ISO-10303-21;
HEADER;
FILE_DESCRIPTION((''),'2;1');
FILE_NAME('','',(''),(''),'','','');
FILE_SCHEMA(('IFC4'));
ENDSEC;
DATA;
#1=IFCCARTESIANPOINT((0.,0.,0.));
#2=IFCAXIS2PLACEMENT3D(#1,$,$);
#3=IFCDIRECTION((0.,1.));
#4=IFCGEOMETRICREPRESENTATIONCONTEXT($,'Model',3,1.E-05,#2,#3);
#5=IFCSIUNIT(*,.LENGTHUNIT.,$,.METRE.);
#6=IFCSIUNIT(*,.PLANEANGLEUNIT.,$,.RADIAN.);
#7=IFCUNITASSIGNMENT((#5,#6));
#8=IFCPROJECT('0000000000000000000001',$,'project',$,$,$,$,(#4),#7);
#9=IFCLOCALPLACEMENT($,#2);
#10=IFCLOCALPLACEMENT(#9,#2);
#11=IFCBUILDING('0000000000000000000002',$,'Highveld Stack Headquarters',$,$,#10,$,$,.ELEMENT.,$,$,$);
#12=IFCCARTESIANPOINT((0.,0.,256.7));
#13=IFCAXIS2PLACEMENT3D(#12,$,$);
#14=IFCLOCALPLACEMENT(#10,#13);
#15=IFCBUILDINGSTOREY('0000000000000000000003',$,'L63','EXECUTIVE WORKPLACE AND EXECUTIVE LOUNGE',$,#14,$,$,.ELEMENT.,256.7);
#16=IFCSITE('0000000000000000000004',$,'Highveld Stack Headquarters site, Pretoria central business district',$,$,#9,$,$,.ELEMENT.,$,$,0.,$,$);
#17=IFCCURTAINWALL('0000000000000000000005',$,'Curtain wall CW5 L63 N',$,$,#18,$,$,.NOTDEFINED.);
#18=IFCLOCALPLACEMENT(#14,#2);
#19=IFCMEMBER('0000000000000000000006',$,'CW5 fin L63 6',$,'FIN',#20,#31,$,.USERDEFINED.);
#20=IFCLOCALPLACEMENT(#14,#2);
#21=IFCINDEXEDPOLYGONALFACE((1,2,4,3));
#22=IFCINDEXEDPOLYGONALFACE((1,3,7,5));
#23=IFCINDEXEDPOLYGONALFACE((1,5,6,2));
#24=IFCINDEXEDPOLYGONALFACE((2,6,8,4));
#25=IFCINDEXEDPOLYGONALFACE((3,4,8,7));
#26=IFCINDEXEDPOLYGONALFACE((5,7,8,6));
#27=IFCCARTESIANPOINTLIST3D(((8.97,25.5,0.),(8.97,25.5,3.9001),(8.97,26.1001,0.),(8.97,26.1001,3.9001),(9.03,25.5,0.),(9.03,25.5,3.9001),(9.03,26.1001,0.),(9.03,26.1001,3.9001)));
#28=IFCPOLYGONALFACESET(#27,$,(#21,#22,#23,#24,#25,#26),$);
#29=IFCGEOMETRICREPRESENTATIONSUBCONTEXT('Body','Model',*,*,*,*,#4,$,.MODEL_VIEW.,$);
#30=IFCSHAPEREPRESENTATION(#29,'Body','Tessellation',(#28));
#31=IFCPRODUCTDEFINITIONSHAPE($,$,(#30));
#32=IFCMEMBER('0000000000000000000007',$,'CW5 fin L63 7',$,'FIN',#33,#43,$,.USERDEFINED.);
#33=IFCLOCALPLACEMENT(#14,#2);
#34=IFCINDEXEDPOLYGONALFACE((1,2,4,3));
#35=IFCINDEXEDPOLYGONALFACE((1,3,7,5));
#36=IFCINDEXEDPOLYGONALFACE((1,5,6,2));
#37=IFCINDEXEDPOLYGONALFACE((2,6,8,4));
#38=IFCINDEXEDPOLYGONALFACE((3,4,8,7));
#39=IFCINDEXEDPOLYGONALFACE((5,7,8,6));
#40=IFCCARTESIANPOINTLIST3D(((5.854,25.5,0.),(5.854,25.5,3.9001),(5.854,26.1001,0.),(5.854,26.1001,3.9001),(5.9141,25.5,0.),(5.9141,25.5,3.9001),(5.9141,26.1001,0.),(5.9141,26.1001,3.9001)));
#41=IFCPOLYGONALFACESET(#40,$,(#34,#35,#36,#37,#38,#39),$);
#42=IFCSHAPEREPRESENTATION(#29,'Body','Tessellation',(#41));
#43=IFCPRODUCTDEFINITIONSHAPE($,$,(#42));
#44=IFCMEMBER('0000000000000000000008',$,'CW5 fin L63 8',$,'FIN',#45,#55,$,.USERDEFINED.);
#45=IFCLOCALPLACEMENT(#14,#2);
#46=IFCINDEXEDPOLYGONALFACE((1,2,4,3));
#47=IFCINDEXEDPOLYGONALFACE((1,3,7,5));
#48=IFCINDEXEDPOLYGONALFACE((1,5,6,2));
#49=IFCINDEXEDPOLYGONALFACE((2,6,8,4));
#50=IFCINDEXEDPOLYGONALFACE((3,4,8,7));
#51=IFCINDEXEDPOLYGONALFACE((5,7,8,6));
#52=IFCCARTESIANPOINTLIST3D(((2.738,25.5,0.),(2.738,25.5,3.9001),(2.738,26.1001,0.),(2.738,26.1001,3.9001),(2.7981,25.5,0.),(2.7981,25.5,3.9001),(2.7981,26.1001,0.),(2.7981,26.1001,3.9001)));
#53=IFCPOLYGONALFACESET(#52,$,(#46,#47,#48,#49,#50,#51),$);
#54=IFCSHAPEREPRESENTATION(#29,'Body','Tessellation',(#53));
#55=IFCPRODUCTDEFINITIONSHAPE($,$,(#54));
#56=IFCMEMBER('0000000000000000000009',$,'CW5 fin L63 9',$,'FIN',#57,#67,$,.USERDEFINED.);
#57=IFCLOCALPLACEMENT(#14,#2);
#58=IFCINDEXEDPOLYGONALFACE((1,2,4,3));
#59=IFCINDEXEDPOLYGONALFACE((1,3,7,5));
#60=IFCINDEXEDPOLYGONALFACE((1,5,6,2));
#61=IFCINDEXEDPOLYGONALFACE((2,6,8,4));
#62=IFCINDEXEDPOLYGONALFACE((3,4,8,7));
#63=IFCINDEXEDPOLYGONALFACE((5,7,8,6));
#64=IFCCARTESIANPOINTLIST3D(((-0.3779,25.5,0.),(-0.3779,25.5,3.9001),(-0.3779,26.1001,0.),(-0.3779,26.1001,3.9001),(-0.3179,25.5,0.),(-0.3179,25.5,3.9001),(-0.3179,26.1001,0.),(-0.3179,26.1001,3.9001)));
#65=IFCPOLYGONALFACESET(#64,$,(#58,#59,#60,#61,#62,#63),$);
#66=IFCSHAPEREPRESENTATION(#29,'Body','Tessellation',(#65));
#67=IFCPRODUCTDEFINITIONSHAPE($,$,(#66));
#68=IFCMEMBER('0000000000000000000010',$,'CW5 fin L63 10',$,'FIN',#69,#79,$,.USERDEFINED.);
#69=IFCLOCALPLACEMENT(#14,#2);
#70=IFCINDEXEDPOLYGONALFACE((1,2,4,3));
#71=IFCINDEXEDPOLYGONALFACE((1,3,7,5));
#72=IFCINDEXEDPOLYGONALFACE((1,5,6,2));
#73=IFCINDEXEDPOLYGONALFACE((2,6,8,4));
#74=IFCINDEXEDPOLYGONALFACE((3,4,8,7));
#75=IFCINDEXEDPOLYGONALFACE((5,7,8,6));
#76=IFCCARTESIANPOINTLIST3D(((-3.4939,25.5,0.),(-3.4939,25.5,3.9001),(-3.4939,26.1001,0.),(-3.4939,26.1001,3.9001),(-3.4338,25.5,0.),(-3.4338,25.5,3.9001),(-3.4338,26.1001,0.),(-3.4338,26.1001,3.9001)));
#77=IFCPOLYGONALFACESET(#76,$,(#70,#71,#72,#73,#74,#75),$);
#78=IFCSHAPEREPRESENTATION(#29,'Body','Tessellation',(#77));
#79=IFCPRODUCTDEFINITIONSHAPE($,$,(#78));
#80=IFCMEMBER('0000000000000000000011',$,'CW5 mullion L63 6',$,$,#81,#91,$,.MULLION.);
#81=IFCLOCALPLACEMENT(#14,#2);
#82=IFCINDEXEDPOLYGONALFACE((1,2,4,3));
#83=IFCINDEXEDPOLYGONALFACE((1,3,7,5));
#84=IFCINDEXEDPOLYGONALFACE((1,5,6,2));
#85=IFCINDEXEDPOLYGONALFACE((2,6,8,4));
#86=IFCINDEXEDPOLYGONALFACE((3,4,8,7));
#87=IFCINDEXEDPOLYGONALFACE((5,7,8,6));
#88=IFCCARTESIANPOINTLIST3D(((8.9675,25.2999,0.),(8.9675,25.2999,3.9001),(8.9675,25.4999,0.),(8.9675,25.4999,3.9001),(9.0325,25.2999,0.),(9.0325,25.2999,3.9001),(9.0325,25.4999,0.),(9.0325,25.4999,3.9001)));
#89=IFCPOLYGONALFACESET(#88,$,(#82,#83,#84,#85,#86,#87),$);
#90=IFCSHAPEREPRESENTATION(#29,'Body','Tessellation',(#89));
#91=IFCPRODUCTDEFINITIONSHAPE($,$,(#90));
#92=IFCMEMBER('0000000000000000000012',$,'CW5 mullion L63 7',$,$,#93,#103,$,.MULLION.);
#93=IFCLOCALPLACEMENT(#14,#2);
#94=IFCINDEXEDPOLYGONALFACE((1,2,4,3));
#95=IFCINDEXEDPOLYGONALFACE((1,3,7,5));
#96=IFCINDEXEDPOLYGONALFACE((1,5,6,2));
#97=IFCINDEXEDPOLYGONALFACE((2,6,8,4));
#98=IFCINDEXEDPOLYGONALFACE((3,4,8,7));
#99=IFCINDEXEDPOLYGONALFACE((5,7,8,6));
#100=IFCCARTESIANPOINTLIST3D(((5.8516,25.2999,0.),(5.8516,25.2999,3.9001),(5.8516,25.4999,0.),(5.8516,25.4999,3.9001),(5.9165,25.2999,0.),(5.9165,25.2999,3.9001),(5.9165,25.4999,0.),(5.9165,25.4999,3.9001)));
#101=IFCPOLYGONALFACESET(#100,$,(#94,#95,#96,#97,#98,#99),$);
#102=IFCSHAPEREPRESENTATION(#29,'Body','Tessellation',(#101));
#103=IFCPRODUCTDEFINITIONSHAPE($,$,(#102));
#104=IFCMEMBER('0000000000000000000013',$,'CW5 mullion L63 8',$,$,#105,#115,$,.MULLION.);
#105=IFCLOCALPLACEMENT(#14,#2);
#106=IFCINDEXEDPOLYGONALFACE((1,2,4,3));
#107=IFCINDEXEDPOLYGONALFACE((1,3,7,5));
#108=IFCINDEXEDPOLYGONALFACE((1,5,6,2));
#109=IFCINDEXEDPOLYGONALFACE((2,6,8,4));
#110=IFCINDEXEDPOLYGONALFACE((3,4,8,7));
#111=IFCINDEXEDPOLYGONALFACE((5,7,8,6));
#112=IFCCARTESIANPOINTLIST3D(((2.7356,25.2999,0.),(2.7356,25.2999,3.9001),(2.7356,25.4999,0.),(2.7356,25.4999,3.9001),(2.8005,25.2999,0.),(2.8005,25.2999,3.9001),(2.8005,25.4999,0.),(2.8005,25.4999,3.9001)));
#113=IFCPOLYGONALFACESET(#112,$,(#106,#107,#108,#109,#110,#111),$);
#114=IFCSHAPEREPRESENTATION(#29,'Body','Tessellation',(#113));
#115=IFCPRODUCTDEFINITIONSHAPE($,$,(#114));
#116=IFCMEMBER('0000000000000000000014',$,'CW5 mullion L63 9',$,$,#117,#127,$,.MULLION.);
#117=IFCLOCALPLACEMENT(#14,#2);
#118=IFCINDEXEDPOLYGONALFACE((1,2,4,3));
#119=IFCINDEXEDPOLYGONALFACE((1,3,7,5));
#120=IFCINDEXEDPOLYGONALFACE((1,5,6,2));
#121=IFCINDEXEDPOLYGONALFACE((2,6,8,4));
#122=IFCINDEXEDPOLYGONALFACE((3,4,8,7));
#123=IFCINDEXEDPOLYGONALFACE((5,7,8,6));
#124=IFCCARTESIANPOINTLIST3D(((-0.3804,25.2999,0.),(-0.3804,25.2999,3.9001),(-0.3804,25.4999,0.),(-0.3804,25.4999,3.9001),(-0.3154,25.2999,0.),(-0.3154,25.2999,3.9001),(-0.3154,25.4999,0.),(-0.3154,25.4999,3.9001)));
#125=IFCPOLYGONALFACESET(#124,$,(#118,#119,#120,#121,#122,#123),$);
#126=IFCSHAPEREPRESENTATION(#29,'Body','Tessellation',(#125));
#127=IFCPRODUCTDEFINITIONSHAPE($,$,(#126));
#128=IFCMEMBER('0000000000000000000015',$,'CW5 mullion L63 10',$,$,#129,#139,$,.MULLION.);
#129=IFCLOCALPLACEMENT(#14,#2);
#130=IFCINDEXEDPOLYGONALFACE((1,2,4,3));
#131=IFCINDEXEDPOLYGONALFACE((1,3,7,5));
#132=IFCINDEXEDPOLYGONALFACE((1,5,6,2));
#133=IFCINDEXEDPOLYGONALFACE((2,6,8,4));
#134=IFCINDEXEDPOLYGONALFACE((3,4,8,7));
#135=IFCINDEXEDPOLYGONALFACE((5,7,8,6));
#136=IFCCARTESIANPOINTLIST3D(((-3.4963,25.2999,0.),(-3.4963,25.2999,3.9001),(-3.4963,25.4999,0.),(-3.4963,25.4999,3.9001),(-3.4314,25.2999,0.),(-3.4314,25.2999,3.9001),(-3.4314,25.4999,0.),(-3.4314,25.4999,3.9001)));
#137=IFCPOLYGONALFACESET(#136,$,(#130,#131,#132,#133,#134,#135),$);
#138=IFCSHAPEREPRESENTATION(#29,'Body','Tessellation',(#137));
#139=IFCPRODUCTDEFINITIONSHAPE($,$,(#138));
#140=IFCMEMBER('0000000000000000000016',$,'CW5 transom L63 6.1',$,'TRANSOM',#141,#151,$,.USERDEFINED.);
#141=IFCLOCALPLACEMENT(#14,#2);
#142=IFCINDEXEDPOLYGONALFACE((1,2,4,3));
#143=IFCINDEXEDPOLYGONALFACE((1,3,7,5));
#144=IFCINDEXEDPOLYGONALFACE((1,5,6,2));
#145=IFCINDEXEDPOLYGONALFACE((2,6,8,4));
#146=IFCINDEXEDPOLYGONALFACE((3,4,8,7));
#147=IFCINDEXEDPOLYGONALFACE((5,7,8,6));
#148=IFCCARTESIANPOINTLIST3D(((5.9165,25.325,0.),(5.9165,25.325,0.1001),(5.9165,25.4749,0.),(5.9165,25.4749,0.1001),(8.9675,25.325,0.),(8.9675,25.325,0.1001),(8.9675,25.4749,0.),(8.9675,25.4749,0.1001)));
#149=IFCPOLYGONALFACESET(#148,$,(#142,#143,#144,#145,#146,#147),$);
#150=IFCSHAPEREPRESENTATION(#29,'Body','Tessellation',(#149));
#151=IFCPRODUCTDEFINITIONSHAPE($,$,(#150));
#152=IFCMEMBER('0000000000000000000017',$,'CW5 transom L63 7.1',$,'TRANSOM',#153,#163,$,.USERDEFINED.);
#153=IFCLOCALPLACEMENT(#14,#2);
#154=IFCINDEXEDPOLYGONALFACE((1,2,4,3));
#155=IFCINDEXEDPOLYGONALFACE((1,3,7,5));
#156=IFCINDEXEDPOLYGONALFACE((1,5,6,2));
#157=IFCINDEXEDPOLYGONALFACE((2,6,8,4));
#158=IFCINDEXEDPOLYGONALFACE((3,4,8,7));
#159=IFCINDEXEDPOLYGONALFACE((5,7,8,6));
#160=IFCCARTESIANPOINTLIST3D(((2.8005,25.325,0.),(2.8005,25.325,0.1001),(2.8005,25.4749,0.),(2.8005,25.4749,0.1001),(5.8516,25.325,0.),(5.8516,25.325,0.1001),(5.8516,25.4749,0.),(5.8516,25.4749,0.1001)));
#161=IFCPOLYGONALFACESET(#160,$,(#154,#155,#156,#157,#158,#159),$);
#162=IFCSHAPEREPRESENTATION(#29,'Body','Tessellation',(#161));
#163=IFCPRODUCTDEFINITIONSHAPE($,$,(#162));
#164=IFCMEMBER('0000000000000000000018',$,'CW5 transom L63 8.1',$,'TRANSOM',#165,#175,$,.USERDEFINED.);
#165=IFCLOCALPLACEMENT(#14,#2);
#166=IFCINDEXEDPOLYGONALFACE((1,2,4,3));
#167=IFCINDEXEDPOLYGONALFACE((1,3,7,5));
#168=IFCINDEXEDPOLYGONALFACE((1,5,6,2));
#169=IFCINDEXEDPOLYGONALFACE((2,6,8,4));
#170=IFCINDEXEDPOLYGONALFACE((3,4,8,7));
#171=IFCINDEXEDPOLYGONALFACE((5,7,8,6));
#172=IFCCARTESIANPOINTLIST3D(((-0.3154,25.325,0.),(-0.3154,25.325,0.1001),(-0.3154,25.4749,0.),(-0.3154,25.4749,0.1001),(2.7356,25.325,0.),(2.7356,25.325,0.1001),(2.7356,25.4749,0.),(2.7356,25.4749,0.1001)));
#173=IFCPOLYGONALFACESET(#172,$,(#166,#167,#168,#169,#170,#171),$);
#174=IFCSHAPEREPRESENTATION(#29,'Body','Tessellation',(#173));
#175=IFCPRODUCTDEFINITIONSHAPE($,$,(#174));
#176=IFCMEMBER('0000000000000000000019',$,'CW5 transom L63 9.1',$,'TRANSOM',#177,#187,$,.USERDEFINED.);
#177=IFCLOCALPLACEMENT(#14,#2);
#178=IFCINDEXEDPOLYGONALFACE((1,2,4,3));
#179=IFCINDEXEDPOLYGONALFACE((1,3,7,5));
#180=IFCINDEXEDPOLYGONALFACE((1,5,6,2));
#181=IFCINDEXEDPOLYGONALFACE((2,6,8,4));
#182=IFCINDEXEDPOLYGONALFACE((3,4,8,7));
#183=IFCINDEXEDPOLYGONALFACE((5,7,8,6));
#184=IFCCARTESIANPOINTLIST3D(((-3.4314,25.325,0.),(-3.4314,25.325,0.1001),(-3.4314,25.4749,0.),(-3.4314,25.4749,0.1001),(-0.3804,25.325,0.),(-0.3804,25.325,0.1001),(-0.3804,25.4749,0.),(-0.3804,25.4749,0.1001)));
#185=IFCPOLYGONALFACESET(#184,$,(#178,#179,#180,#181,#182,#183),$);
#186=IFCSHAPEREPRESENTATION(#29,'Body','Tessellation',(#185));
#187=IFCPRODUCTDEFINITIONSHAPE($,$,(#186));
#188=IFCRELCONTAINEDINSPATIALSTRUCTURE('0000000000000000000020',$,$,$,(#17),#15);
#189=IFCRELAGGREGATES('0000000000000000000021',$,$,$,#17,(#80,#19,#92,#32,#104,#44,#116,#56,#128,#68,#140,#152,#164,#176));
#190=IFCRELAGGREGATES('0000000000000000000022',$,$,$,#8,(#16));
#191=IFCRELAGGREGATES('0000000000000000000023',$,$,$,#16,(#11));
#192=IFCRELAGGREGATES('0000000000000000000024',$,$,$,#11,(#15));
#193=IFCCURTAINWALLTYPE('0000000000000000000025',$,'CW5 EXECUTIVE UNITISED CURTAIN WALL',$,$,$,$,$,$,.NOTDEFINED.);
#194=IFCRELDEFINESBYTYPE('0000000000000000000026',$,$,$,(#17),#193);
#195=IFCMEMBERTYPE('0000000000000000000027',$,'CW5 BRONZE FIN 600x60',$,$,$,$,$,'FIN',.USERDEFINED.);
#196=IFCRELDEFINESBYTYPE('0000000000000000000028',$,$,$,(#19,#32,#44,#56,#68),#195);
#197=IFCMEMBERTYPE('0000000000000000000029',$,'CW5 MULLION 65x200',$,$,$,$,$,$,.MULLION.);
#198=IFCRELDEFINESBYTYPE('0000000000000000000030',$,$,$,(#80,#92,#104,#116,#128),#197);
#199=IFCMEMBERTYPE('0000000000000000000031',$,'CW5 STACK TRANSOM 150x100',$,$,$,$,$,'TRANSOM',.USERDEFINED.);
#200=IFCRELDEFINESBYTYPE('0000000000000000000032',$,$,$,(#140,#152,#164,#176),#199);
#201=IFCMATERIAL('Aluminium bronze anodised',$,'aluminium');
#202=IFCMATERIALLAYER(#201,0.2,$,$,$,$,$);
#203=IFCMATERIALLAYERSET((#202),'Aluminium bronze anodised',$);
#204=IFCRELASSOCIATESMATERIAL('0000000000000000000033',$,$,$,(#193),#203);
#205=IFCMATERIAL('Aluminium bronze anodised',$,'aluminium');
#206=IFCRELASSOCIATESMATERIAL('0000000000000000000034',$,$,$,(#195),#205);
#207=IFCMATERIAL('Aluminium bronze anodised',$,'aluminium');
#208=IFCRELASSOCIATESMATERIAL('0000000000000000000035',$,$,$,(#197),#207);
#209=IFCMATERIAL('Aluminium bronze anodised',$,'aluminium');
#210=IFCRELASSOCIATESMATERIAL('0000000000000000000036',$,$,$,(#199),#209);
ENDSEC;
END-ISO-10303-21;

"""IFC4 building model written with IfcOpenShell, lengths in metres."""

from ifc_helpers import new_model, si_unit, direction, frame, origin, origin_2d, place, context, subcontext, project, spatial, rectangle, extrude, material, layer, layer_set, material_profile, profile_set, type_object, element, aggregate, save


model = new_model("IFC4")

# Units and contexts
model_context = context("Model", 3, precision=1e-05, world=origin(), true_north=direction((0.0, 1.0)))
body_context = subcontext(model_context, "Body", "Model", "MODEL_VIEW")
ifc_project = project(units=[si_unit("LENGTHUNIT", "METRE"), si_unit("PLANEANGLEUNIT", "RADIAN")], contexts=[model_context])

# Site, building, storey
site_placement = place(None, origin())
site = spatial("IfcSite", under=ifc_project, at=site_placement, Name="Highveld Stack Headquarters site, Pretoria central business district", CompositionType="ELEMENT", RefElevation=0.0)
building_placement = place(site_placement, origin())
building = spatial("IfcBuilding", under=site, at=building_placement, Name="Highveld Stack Headquarters", CompositionType="ELEMENT")
storey_placement = place(building_placement, frame((0.0, 0.0, 256.7)))
storey = spatial("IfcBuildingStorey", under=building, at=storey_placement, Name="L63", Description="EXECUTIVE WORKPLACE AND EXECUTIVE LOUNGE", CompositionType="ELEMENT", Elevation=256.7)

# Curtain wall, members
ifc_material_1 = material(Name="Aluminium bronze anodised", Category="aluminium")
ifc_layer_1 = layer(ifc_material_1, 0.2)
ifc_layer_set_1 = layer_set([ifc_layer_1], Name="Aluminium bronze anodised")
curtain_wall_type = type_object("IfcCurtainWallType", Name="CW5 EXECUTIVE UNITISED CURTAIN WALL", PredefinedType="NOTDEFINED", material=ifc_layer_set_1)
curtain_wall_placement = place(storey_placement, origin())
curtain_wall = element("IfcCurtainWall", 1, at=curtain_wall_placement, inside=storey, type_object=curtain_wall_type, Name="Curtain wall CW5 L63 N", PredefinedType="NOTDEFINED")
ifc_material_2 = material(Name="Aluminium bronze anodised", Category="aluminium")
ifc_material_profile_1 = material_profile(ifc_material_2, rectangle(XDim=0.6001, YDim=0.0601, at=origin_2d()), Name="FIN 600x60")
ifc_profile_set_1 = profile_set([ifc_material_profile_1], Name="Aluminium bronze anodised")
member_type_1 = type_object("IfcMemberType", Name="CW5 BRONZE FIN 600x60", ElementType="FIN", PredefinedType="USERDEFINED", material=ifc_profile_set_1)
member_1_placement = place(storey_placement, frame((9.0, 25.8, 0.0), z_axis=(0.0, 0.0, 1.0), x_axis=(0.0, -1.0, 0.0)))
member_1 = element("IfcMember", 2, at=member_1_placement, type_object=member_type_1, Name="CW5 fin L63 6", ObjectType="FIN", PredefinedType="USERDEFINED", context=body_context, shape_type="SweptSolid", body=[
    extrude(rectangle(XDim=0.6001, YDim=0.0601, at=origin_2d()), origin(), (0.0, 0.0, 1.0), 3.9001),
])
member_2_placement = place(storey_placement, frame((5.884, 25.8, 0.0), z_axis=(0.0, 0.0, 1.0), x_axis=(0.0, -1.0, 0.0)))
member_2 = element("IfcMember", 3, at=member_2_placement, type_object=member_type_1, Name="CW5 fin L63 7", ObjectType="FIN", PredefinedType="USERDEFINED", context=body_context, shape_type="SweptSolid", body=[
    extrude(rectangle(XDim=0.6001, YDim=0.0601, at=origin_2d()), origin(), (0.0, 0.0, 1.0), 3.9001),
])
member_3_placement = place(storey_placement, frame((2.7681, 25.8, 0.0), z_axis=(0.0, 0.0, 1.0), x_axis=(0.0, -1.0, 0.0)))
member_3 = element("IfcMember", 4, at=member_3_placement, type_object=member_type_1, Name="CW5 fin L63 8", ObjectType="FIN", PredefinedType="USERDEFINED", context=body_context, shape_type="SweptSolid", body=[
    extrude(rectangle(XDim=0.6001, YDim=0.0601, at=origin_2d()), origin(), (0.0, 0.0, 1.0), 3.9001),
])
member_4_placement = place(storey_placement, frame((-0.3479, 25.8, 0.0), z_axis=(0.0, 0.0, 1.0), x_axis=(0.0, -1.0, 0.0)))
member_4 = element("IfcMember", 5, at=member_4_placement, type_object=member_type_1, Name="CW5 fin L63 9", ObjectType="FIN", PredefinedType="USERDEFINED", context=body_context, shape_type="SweptSolid", body=[
    extrude(rectangle(XDim=0.6001, YDim=0.0601, at=origin_2d()), origin(), (0.0, 0.0, 1.0), 3.9001),
])
member_5_placement = place(storey_placement, frame((-3.4639, 25.8, 0.0), z_axis=(0.0, 0.0, 1.0), x_axis=(0.0, -1.0, 0.0)))
member_5 = element("IfcMember", 6, at=member_5_placement, type_object=member_type_1, Name="CW5 fin L63 10", ObjectType="FIN", PredefinedType="USERDEFINED", context=body_context, shape_type="SweptSolid", body=[
    extrude(rectangle(XDim=0.6001, YDim=0.0601, at=origin_2d()), origin(), (0.0, 0.0, 1.0), 3.9001),
])
ifc_material_3 = material(Name="Aluminium bronze anodised", Category="aluminium")
ifc_material_profile_2 = material_profile(ifc_material_3, rectangle(XDim=0.2, YDim=0.0649, at=origin_2d()), Name="CW5 MULLION 65x200")
ifc_profile_set_2 = profile_set([ifc_material_profile_2], Name="Aluminium bronze anodised")
member_type_2 = type_object("IfcMemberType", Name="CW5 MULLION 65x200", PredefinedType="MULLION", material=ifc_profile_set_2)
member_6_placement = place(storey_placement, frame((9.0, 25.3999, 0.0), z_axis=(0.0, 0.0, 1.0), x_axis=(0.0, -1.0, 0.0)))
member_6 = element("IfcMember", 7, at=member_6_placement, type_object=member_type_2, Name="CW5 mullion L63 6", PredefinedType="MULLION", context=body_context, shape_type="SweptSolid", body=[
    extrude(rectangle(XDim=0.2, YDim=0.0649, at=origin_2d()), origin(), (0.0, 0.0, 1.0), 3.9001),
])
member_7_placement = place(storey_placement, frame((5.884, 25.3999, 0.0), z_axis=(0.0, 0.0, 1.0), x_axis=(0.0, -1.0, 0.0)))
member_7 = element("IfcMember", 8, at=member_7_placement, type_object=member_type_2, Name="CW5 mullion L63 7", PredefinedType="MULLION", context=body_context, shape_type="SweptSolid", body=[
    extrude(rectangle(XDim=0.2, YDim=0.0649, at=origin_2d()), origin(), (0.0, 0.0, 1.0), 3.9001),
])
member_8_placement = place(storey_placement, frame((2.7681, 25.3999, 0.0), z_axis=(0.0, 0.0, 1.0), x_axis=(0.0, -1.0, 0.0)))
member_8 = element("IfcMember", 9, at=member_8_placement, type_object=member_type_2, Name="CW5 mullion L63 8", PredefinedType="MULLION", context=body_context, shape_type="SweptSolid", body=[
    extrude(rectangle(XDim=0.2, YDim=0.0649, at=origin_2d()), origin(), (0.0, 0.0, 1.0), 3.9001),
])
member_9_placement = place(storey_placement, frame((-0.3479, 25.3999, 0.0), z_axis=(0.0, 0.0, 1.0), x_axis=(0.0, -1.0, 0.0)))
member_9 = element("IfcMember", 10, at=member_9_placement, type_object=member_type_2, Name="CW5 mullion L63 9", PredefinedType="MULLION", context=body_context, shape_type="SweptSolid", body=[
    extrude(rectangle(XDim=0.2, YDim=0.0649, at=origin_2d()), origin(), (0.0, 0.0, 1.0), 3.9001),
])
member_10_placement = place(storey_placement, frame((-3.4639, 25.3999, 0.0), z_axis=(0.0, 0.0, 1.0), x_axis=(0.0, -1.0, 0.0)))
member_10 = element("IfcMember", 11, at=member_10_placement, type_object=member_type_2, Name="CW5 mullion L63 10", PredefinedType="MULLION", context=body_context, shape_type="SweptSolid", body=[
    extrude(rectangle(XDim=0.2, YDim=0.0649, at=origin_2d()), origin(), (0.0, 0.0, 1.0), 3.9001),
])
ifc_material_4 = material(Name="Aluminium bronze anodised", Category="aluminium")
ifc_material_profile_3 = material_profile(ifc_material_4, rectangle(XDim=0.1499, YDim=0.1001, at=origin_2d()), Name="CW5 TRANSOM 150x100")
ifc_profile_set_3 = profile_set([ifc_material_profile_3], Name="Aluminium bronze anodised")
member_type_3 = type_object("IfcMemberType", Name="CW5 STACK TRANSOM 150x100", ElementType="TRANSOM", PredefinedType="USERDEFINED", material=ifc_profile_set_3)
member_11_placement = place(storey_placement, frame((8.9675, 25.3999, 0.05), z_axis=(-1.0, 0.0, 0.0), x_axis=(0.0, -1.0, 0.0)))
member_11 = element("IfcMember", 12, at=member_11_placement, type_object=member_type_3, Name="CW5 transom L63 6.1", ObjectType="TRANSOM", PredefinedType="USERDEFINED", context=body_context, shape_type="SweptSolid", body=[
    extrude(rectangle(XDim=0.1499, YDim=0.1001, at=origin_2d()), origin(), (0.0, 0.0, 1.0), 3.051),
])
member_12_placement = place(storey_placement, frame((5.8516, 25.3999, 0.05), z_axis=(-1.0, 0.0, 0.0), x_axis=(0.0, -1.0, 0.0)))
member_12 = element("IfcMember", 13, at=member_12_placement, type_object=member_type_3, Name="CW5 transom L63 7.1", ObjectType="TRANSOM", PredefinedType="USERDEFINED", context=body_context, shape_type="SweptSolid", body=[
    extrude(rectangle(XDim=0.1499, YDim=0.1001, at=origin_2d()), origin(), (0.0, 0.0, 1.0), 3.051),
])
member_13_placement = place(storey_placement, frame((2.7356, 25.3999, 0.05), z_axis=(-1.0, 0.0, 0.0), x_axis=(0.0, -1.0, 0.0)))
member_13 = element("IfcMember", 14, at=member_13_placement, type_object=member_type_3, Name="CW5 transom L63 8.1", ObjectType="TRANSOM", PredefinedType="USERDEFINED", context=body_context, shape_type="SweptSolid", body=[
    extrude(rectangle(XDim=0.1499, YDim=0.1001, at=origin_2d()), origin(), (0.0, 0.0, 1.0), 3.051),
])
member_14_placement = place(storey_placement, frame((-0.3804, 25.3999, 0.05), z_axis=(-1.0, 0.0, 0.0), x_axis=(0.0, -1.0, 0.0)))
member_14 = element("IfcMember", 15, at=member_14_placement, type_object=member_type_3, Name="CW5 transom L63 9.1", ObjectType="TRANSOM", PredefinedType="USERDEFINED", context=body_context, shape_type="SweptSolid", body=[
    extrude(rectangle(XDim=0.1499, YDim=0.1001, at=origin_2d()), origin(), (0.0, 0.0, 1.0), 3.051),
])
aggregate(curtain_wall, [member_6, member_1, member_7, member_2, member_8, member_3, member_9, member_4, member_10, member_5, member_11, member_12, member_13, member_14])

save(model, "model.ifc")
